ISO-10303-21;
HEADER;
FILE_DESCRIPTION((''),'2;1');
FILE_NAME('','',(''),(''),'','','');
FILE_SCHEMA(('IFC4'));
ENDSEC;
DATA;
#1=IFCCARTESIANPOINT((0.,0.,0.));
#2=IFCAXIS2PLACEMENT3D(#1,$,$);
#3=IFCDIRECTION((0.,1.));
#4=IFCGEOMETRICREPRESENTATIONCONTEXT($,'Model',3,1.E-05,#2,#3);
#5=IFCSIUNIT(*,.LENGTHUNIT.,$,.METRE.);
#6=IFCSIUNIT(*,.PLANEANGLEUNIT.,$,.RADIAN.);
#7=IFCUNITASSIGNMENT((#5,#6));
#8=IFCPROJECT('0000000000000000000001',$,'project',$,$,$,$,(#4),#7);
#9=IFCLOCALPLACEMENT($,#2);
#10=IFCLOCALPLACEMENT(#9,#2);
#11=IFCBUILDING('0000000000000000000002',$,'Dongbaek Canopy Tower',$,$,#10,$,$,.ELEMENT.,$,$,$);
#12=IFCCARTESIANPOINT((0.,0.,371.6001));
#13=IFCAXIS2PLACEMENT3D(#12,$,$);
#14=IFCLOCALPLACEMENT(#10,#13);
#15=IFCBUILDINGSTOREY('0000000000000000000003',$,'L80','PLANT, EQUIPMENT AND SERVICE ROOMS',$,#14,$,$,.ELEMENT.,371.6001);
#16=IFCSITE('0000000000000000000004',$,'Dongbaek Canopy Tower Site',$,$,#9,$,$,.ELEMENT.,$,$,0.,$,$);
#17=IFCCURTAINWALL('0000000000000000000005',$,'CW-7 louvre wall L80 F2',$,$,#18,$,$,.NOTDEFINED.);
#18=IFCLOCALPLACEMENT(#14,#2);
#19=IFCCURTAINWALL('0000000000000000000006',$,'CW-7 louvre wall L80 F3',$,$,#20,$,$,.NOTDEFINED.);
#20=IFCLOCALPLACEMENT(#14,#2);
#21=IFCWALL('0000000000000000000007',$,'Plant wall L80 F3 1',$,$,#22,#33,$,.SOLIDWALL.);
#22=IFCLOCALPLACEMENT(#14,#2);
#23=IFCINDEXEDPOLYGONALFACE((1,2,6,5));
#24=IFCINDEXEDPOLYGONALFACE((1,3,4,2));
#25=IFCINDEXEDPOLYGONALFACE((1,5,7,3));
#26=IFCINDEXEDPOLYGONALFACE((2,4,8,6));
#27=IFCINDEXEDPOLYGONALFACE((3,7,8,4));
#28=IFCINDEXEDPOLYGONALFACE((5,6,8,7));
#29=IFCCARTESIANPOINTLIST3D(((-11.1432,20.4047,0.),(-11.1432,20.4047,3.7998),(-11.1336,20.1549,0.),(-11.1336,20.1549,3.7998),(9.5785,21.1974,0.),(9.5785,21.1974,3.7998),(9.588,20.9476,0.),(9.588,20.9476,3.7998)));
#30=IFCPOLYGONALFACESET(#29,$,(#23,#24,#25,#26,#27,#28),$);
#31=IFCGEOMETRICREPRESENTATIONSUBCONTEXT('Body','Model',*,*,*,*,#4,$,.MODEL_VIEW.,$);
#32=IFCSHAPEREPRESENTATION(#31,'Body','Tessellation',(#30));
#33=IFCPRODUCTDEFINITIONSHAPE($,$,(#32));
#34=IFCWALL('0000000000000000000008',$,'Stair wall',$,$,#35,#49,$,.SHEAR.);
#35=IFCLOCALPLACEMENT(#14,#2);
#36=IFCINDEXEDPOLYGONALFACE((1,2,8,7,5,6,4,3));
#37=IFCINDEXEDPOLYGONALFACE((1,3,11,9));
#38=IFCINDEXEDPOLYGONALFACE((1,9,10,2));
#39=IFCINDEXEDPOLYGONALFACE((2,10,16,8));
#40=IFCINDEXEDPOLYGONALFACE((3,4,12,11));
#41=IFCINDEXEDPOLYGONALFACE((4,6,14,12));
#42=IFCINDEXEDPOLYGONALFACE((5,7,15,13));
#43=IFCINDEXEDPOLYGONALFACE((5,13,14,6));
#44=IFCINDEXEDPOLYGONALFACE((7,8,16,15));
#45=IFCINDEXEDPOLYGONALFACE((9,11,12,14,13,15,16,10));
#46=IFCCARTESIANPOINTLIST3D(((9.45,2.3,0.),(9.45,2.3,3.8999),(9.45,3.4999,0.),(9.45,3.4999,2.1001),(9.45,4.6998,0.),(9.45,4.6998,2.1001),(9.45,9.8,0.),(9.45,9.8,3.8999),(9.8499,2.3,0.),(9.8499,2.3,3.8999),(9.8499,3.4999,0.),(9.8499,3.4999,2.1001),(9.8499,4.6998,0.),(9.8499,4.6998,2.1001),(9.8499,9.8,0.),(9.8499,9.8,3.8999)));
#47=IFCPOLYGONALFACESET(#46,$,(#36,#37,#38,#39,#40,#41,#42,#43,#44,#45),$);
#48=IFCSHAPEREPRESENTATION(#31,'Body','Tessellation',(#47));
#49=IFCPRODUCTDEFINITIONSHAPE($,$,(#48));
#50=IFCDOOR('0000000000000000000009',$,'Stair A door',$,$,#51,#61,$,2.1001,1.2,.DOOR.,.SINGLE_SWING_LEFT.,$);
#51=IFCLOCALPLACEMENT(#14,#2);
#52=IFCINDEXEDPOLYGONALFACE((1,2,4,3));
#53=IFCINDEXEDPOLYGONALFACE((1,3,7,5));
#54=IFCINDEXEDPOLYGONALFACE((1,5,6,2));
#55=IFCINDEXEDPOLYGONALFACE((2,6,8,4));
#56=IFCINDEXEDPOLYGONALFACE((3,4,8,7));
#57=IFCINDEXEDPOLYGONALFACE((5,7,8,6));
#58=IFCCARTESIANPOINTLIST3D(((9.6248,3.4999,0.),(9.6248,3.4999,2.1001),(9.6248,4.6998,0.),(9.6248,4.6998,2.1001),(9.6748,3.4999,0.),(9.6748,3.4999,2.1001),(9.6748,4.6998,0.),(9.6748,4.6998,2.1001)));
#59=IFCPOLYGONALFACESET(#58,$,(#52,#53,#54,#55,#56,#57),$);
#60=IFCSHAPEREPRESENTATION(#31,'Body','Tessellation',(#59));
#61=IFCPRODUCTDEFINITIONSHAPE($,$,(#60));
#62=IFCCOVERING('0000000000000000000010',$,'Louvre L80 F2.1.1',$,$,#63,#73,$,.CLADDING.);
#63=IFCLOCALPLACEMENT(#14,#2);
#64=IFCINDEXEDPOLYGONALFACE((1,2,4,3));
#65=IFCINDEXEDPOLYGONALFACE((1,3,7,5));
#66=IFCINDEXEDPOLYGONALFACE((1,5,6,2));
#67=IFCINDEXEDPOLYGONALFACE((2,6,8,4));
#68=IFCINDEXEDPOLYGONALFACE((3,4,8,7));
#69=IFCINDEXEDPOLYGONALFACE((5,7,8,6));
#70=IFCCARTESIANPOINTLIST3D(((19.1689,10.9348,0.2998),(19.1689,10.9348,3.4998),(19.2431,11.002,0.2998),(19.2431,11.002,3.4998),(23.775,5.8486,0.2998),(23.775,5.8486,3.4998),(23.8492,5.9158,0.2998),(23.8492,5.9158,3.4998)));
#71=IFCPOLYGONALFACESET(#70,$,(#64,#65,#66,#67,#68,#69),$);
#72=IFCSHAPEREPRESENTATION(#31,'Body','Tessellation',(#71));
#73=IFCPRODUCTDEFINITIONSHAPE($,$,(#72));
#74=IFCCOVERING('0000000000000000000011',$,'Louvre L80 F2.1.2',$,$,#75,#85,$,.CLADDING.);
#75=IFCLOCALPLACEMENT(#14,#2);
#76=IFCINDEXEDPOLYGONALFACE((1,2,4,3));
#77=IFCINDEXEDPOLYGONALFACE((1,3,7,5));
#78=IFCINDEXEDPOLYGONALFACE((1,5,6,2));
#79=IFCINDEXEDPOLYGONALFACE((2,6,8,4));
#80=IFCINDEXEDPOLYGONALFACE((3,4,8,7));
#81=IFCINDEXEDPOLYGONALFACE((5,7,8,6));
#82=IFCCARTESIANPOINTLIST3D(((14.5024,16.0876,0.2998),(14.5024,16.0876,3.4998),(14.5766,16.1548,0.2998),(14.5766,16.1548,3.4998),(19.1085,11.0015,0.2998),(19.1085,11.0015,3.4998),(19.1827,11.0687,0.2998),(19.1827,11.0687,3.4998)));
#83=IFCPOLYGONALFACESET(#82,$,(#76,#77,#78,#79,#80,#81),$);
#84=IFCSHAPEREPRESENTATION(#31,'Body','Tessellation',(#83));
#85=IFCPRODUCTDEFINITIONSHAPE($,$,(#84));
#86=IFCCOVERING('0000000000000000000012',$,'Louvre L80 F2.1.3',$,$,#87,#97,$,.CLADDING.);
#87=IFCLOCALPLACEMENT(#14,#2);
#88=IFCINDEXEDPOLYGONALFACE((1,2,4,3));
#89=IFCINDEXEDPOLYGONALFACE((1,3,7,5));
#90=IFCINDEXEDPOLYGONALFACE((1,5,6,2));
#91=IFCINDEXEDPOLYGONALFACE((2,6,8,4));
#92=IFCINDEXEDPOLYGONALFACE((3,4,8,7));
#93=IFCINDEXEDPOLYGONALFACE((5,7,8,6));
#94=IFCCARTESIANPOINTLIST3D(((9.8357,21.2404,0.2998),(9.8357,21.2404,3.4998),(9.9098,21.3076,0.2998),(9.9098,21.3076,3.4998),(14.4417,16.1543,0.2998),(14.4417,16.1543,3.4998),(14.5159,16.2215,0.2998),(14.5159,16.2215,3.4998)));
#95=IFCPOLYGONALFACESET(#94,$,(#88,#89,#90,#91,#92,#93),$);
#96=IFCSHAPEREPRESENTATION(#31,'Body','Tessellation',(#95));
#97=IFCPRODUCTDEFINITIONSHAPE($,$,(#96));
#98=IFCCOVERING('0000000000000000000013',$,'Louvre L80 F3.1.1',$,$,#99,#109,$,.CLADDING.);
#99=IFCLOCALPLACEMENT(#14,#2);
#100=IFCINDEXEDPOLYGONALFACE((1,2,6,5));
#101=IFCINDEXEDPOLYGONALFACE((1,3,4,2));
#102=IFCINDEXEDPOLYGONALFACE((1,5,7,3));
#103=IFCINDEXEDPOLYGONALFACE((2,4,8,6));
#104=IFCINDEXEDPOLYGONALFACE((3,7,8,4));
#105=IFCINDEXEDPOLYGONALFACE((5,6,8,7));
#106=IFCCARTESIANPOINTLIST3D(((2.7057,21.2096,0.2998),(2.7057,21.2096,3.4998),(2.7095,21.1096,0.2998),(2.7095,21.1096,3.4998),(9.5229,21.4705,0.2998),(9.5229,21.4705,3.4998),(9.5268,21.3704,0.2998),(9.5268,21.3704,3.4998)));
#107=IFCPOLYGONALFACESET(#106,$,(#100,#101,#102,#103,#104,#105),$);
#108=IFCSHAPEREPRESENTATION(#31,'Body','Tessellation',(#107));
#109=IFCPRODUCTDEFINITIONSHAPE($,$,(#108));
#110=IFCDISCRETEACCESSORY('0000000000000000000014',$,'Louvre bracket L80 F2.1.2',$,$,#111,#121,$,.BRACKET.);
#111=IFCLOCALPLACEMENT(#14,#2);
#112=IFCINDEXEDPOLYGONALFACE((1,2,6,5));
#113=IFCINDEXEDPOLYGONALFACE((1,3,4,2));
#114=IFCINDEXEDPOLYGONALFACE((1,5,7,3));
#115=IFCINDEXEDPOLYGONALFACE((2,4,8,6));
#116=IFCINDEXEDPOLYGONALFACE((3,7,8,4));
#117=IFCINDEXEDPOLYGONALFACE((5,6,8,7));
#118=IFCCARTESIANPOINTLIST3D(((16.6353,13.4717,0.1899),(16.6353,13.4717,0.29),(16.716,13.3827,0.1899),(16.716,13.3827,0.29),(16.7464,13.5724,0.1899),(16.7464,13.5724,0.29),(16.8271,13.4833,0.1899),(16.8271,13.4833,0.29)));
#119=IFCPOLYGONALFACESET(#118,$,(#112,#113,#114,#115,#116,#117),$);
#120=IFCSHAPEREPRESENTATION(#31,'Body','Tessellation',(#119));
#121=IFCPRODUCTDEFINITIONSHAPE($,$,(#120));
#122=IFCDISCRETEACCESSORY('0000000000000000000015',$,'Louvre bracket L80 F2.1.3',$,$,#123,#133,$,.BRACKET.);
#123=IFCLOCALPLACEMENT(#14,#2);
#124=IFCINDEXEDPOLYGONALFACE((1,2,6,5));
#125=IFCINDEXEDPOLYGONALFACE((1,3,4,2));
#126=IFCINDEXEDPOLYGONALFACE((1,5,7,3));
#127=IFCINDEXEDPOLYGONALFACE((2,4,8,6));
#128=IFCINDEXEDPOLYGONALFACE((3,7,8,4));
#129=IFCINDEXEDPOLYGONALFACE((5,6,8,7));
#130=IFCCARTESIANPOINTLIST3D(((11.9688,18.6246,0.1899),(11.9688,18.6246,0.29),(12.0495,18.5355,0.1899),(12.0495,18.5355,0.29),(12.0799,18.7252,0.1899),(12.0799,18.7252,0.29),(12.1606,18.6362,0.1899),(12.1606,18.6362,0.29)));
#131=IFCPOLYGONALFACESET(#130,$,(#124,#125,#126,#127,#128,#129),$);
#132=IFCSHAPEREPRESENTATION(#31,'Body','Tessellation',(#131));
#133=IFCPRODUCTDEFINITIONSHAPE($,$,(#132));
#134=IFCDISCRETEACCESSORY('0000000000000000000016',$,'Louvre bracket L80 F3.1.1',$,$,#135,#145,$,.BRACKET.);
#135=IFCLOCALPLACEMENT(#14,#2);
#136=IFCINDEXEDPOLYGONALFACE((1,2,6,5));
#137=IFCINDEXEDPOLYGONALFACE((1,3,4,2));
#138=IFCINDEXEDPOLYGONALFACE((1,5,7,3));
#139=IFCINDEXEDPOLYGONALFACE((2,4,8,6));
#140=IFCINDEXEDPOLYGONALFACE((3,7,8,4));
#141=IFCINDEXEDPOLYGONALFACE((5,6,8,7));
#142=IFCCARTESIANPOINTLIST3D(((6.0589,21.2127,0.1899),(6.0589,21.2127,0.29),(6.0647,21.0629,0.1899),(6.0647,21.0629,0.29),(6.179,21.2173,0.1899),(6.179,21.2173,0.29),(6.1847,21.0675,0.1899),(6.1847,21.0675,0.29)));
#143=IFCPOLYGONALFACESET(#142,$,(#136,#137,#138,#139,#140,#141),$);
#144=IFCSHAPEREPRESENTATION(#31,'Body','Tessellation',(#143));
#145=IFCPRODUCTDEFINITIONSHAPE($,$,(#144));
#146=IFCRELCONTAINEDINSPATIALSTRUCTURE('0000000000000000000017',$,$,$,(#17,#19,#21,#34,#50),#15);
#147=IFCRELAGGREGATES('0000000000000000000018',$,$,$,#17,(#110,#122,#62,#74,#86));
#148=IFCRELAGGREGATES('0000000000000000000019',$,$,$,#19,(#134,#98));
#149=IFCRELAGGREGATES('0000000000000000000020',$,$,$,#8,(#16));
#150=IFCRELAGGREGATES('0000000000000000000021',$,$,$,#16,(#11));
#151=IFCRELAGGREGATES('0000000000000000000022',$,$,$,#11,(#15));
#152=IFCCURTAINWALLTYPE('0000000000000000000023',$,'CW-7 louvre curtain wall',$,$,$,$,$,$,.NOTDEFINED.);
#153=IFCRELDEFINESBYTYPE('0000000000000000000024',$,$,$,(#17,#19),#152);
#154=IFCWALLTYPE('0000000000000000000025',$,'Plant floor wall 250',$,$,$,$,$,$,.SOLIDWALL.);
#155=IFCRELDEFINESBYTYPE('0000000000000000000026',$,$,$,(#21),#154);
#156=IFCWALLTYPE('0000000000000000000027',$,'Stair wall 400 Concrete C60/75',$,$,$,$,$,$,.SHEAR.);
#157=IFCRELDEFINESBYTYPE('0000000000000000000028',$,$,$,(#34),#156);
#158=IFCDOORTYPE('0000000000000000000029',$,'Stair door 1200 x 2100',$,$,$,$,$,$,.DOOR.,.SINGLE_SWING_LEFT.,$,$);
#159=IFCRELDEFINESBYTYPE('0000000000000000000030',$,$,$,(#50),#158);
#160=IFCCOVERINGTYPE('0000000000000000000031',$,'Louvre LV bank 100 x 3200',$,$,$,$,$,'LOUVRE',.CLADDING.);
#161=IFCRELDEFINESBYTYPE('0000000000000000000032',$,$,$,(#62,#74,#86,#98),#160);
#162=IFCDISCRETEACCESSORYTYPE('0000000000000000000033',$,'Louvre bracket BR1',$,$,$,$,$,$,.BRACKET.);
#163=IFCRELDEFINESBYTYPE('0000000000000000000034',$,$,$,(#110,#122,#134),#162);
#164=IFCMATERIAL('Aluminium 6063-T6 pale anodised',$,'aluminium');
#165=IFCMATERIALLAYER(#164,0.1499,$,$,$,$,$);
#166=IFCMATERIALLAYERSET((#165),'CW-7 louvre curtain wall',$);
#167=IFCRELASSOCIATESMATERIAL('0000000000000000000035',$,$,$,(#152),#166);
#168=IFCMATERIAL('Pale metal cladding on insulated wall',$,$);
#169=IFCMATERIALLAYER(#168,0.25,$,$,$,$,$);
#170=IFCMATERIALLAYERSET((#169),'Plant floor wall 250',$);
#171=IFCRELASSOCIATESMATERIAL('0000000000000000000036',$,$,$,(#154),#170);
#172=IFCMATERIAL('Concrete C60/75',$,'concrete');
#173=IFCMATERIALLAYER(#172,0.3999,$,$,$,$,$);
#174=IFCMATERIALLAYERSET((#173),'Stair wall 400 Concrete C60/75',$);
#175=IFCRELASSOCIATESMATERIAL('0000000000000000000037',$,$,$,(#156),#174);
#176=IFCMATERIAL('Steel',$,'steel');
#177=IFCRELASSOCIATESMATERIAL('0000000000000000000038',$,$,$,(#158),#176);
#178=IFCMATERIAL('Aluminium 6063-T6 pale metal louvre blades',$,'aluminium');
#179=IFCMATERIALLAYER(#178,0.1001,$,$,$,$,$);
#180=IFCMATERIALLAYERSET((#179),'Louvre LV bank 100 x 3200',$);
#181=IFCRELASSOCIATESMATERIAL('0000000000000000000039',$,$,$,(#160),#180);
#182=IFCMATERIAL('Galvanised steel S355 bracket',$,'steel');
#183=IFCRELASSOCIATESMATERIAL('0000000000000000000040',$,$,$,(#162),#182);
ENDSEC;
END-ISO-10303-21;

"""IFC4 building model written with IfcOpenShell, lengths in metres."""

from ifc_helpers import new_model, si_unit, direction, frame, frame_2d, origin, origin_2d, place, context, subcontext, project, spatial, rectangle, extrude, material, layer, layer_set, type_object, element, fill, aggregate, save


model = new_model("IFC4")

# Units and contexts
model_context = context("Model", 3, precision=1e-05, world=origin(), true_north=direction((0.0, 1.0)))
body_context = subcontext(model_context, "Body", "Model", "MODEL_VIEW")
ifc_project = project(units=[si_unit("LENGTHUNIT", "METRE"), si_unit("PLANEANGLEUNIT", "RADIAN")], contexts=[model_context])

# Site, building, storey
site_placement = place(None, origin())
site = spatial("IfcSite", under=ifc_project, at=site_placement, Name="Dongbaek Canopy Tower Site", CompositionType="ELEMENT", RefElevation=0.0)
building_placement = place(site_placement, origin())
building = spatial("IfcBuilding", under=site, at=building_placement, Name="Dongbaek Canopy Tower", CompositionType="ELEMENT")
storey_placement = place(building_placement, frame((0.0, 0.0, 371.6001)))
storey = spatial("IfcBuildingStorey", under=building, at=storey_placement, Name="L80", Description="PLANT, EQUIPMENT AND SERVICE ROOMS", CompositionType="ELEMENT", Elevation=371.6001)

# Curtain walls
ifc_material_1 = material(Name="Aluminium 6063-T6 pale anodised", Category="aluminium")
ifc_layer_1 = layer(ifc_material_1, 0.1499)
ifc_layer_set_1 = layer_set([ifc_layer_1], Name="CW-7 louvre curtain wall")
curtain_wall_type = type_object("IfcCurtainWallType", Name="CW-7 louvre curtain wall", PredefinedType="NOTDEFINED", material=ifc_layer_set_1)
curtain_wall_1_placement = place(storey_placement, origin())
curtain_wall_1 = element("IfcCurtainWall", 1, at=curtain_wall_1_placement, inside=storey, type_object=curtain_wall_type, Name="CW-7 louvre wall L80 F2", PredefinedType="NOTDEFINED")
curtain_wall_2_placement = place(storey_placement, origin())
curtain_wall_2 = element("IfcCurtainWall", 2, at=curtain_wall_2_placement, inside=storey, type_object=curtain_wall_type, Name="CW-7 louvre wall L80 F3", PredefinedType="NOTDEFINED")

# Wall
ifc_material_2 = material(Name="Pale metal cladding on insulated wall")
ifc_layer_2 = layer(ifc_material_2, 0.25)
ifc_layer_set_2 = layer_set([ifc_layer_2], Name="Plant floor wall 250")
wall_type_1 = type_object("IfcWallType", Name="Plant floor wall 250", PredefinedType="SOLIDWALL", material=ifc_layer_set_2)
wall_1_placement = place(storey_placement, frame((9.5833, 21.0725, 0.0), z_axis=(0.0, 0.0, 1.0), x_axis=(-0.999269, -0.038228, 0.0)))
element("IfcWall", 3, at=wall_1_placement, inside=storey, type_object=wall_type_1, Name="Plant wall L80 F3 1", PredefinedType="SOLIDWALL", context=body_context, shape_type="SweptSolid", body=[
    extrude(rectangle(XDim=20.7368, YDim=0.25, at=frame_2d((10.3684, 0.0))), origin(), (0.0, 0.0, 1.0), 3.7998),
])

# Wall, opening, door
ifc_material_3 = material(Name="Concrete C60/75", Category="concrete")
ifc_layer_3 = layer(ifc_material_3, 0.3999)
ifc_layer_set_3 = layer_set([ifc_layer_3], Name="Stair wall 400 Concrete C60/75")
wall_type_2 = type_object("IfcWallType", Name="Stair wall 400 Concrete C60/75", PredefinedType="SHEAR", material=ifc_layer_set_3)
wall_2_placement = place(storey_placement, frame((9.6499, 9.8, 0.0), z_axis=(0.0, 0.0, 1.0), x_axis=(0.0, -1.0, 0.0)))
wall_2 = element("IfcWall", 4, at=wall_2_placement, inside=storey, type_object=wall_type_2, Name="Stair wall", PredefinedType="SHEAR", context=body_context, shape_type="SweptSolid", body=[
    extrude(rectangle(XDim=7.5, YDim=0.3999, at=frame_2d((3.75, 0.0))), origin(), (0.0, 0.0, 1.0), 3.8999),
])
opening_placement = place(wall_2_placement, frame((5.1001, 0.0, 0.0)))
opening = element("IfcOpeningElement", 5, at=opening_placement, cuts=wall_2, PredefinedType="OPENING", context=body_context, shape_type="SweptSolid", body=[
    extrude(rectangle(XDim=1.2, YDim=2.1001, at=frame_2d((0.6001, 1.05))), frame((0.0, 0.21, 0.0), z_axis=(0.0, -1.0, 0.0), x_axis=(1.0, 0.0, 0.0)), (0.0, 0.0, 1.0), 0.4199),
])
ifc_material_4 = material(Name="Steel", Category="steel")
door_type = type_object("IfcDoorType", Name="Stair door 1200 x 2100", OperationType="SINGLE_SWING_LEFT", PredefinedType="DOOR", material=ifc_material_4)
door_placement = place(opening_placement, origin())
door = element("IfcDoor", 6, at=door_placement, inside=storey, type_object=door_type, Name="Stair A door", OperationType="SINGLE_SWING_LEFT", OverallHeight=2.1001, OverallWidth=1.2, PredefinedType="DOOR", context=body_context, shape_type="SweptSolid", body=[
    extrude(rectangle(XDim=1.2, YDim=2.1001, at=frame_2d((0.6001, 1.05))), frame((0.0, 0.0249, 0.0), z_axis=(0.0, -1.0, 0.0), x_axis=(1.0, 0.0, 0.0)), (0.0, 0.0, 1.0), 0.05),
])
fill(opening, door)

# Coverings
ifc_material_5 = material(Name="Aluminium 6063-T6 pale metal louvre blades", Category="aluminium")
ifc_layer_4 = layer(ifc_material_5, 0.1001)
ifc_layer_set_4 = layer_set([ifc_layer_4], Name="Louvre LV bank 100 x 3200")
covering_type = type_object("IfcCoveringType", Name="Louvre LV bank 100 x 3200", ElementType="LOUVRE", PredefinedType="CLADDING", material=ifc_layer_set_4)
covering_1_placement = place(storey_placement, frame((21.509, 8.4253, 0.2998), z_axis=(0.0, 0.0, 1.0), x_axis=(-0.67126, 0.741222, 0.0)))
covering_1 = element("IfcCovering", 7, at=covering_1_placement, type_object=covering_type, Name="Louvre L80 F2.1.1", PredefinedType="CLADDING", context=body_context, shape_type="SweptSolid", body=[
    extrude(rectangle(XDim=6.8618, YDim=0.1001, at=origin_2d()), origin(), (0.0, 0.0, 1.0), 3.2),
])
covering_2_placement = place(storey_placement, frame((16.8425, 13.5781, 0.2998), z_axis=(0.0, 0.0, 1.0), x_axis=(-0.67126, 0.741222, 0.0)))
covering_2 = element("IfcCovering", 8, at=covering_2_placement, type_object=covering_type, Name="Louvre L80 F2.1.2", PredefinedType="CLADDING", context=body_context, shape_type="SweptSolid", body=[
    extrude(rectangle(XDim=6.8618, YDim=0.1001, at=origin_2d()), origin(), (0.0, 0.0, 1.0), 3.2),
])
covering_3_placement = place(storey_placement, frame((12.1758, 18.731, 0.2998), z_axis=(0.0, 0.0, 1.0), x_axis=(-0.67126, 0.741222, 0.0)))
covering_3 = element("IfcCovering", 9, at=covering_3_placement, type_object=covering_type, Name="Louvre L80 F2.1.3", PredefinedType="CLADDING", context=body_context, shape_type="SweptSolid", body=[
    extrude(rectangle(XDim=6.8618, YDim=0.1001, at=origin_2d()), origin(), (0.0, 0.0, 1.0), 3.2),
])
covering_4_placement = place(storey_placement, frame((6.1162, 21.29, 0.2998), z_axis=(0.0, 0.0, 1.0), x_axis=(-0.999269, -0.038232, 0.0)))
covering_4 = element("IfcCovering", 10, at=covering_4_placement, type_object=covering_type, Name="Louvre L80 F3.1.1", PredefinedType="CLADDING", context=body_context, shape_type="SweptSolid", body=[
    extrude(rectangle(XDim=6.8223, YDim=0.1001, at=origin_2d()), origin(), (0.0, 0.0, 1.0), 3.2),
])

# Discrete accessories
ifc_material_6 = material(Name="Galvanised steel S355 bracket", Category="steel")
discrete_accessory_type = type_object("IfcDiscreteAccessoryType", Name="Louvre bracket BR1", PredefinedType="BRACKET", material=ifc_material_6)
discrete_accessory_1_placement = place(storey_placement, frame((16.7312, 13.4775, 0.1899), z_axis=(0.0, 0.0, 1.0), x_axis=(-0.67126, 0.741222, 0.0)))
discrete_accessory_1 = element("IfcDiscreteAccessory", 11, at=discrete_accessory_1_placement, type_object=discrete_accessory_type, Name="Louvre bracket L80 F2.1.2", PredefinedType="BRACKET", context=body_context, shape_type="SweptSolid", body=[
    extrude(rectangle(XDim=0.1201, YDim=0.1499, at=origin_2d()), origin(), (0.0, 0.0, 1.0), 0.1001),
])
discrete_accessory_2_placement = place(storey_placement, frame((12.0647, 18.6304, 0.1899), z_axis=(0.0, 0.0, 1.0), x_axis=(-0.67126, 0.741222, 0.0)))
discrete_accessory_2 = element("IfcDiscreteAccessory", 12, at=discrete_accessory_2_placement, type_object=discrete_accessory_type, Name="Louvre bracket L80 F2.1.3", PredefinedType="BRACKET", context=body_context, shape_type="SweptSolid", body=[
    extrude(rectangle(XDim=0.1201, YDim=0.1499, at=origin_2d()), origin(), (0.0, 0.0, 1.0), 0.1001),
])
aggregate(curtain_wall_1, [discrete_accessory_1, discrete_accessory_2, covering_1, covering_2, covering_3])
discrete_accessory_3_placement = place(storey_placement, frame((6.1218, 21.1401, 0.1899), z_axis=(0.0, 0.0, 1.0), x_axis=(-0.999269, -0.038232, 0.0)))
discrete_accessory_3 = element("IfcDiscreteAccessory", 13, at=discrete_accessory_3_placement, type_object=discrete_accessory_type, Name="Louvre bracket L80 F3.1.1", PredefinedType="BRACKET", context=body_context, shape_type="SweptSolid", body=[
    extrude(rectangle(XDim=0.1201, YDim=0.1499, at=origin_2d()), origin(), (0.0, 0.0, 1.0), 0.1001),
])
aggregate(curtain_wall_2, [discrete_accessory_3, covering_4])

save(model, "model.ifc")
